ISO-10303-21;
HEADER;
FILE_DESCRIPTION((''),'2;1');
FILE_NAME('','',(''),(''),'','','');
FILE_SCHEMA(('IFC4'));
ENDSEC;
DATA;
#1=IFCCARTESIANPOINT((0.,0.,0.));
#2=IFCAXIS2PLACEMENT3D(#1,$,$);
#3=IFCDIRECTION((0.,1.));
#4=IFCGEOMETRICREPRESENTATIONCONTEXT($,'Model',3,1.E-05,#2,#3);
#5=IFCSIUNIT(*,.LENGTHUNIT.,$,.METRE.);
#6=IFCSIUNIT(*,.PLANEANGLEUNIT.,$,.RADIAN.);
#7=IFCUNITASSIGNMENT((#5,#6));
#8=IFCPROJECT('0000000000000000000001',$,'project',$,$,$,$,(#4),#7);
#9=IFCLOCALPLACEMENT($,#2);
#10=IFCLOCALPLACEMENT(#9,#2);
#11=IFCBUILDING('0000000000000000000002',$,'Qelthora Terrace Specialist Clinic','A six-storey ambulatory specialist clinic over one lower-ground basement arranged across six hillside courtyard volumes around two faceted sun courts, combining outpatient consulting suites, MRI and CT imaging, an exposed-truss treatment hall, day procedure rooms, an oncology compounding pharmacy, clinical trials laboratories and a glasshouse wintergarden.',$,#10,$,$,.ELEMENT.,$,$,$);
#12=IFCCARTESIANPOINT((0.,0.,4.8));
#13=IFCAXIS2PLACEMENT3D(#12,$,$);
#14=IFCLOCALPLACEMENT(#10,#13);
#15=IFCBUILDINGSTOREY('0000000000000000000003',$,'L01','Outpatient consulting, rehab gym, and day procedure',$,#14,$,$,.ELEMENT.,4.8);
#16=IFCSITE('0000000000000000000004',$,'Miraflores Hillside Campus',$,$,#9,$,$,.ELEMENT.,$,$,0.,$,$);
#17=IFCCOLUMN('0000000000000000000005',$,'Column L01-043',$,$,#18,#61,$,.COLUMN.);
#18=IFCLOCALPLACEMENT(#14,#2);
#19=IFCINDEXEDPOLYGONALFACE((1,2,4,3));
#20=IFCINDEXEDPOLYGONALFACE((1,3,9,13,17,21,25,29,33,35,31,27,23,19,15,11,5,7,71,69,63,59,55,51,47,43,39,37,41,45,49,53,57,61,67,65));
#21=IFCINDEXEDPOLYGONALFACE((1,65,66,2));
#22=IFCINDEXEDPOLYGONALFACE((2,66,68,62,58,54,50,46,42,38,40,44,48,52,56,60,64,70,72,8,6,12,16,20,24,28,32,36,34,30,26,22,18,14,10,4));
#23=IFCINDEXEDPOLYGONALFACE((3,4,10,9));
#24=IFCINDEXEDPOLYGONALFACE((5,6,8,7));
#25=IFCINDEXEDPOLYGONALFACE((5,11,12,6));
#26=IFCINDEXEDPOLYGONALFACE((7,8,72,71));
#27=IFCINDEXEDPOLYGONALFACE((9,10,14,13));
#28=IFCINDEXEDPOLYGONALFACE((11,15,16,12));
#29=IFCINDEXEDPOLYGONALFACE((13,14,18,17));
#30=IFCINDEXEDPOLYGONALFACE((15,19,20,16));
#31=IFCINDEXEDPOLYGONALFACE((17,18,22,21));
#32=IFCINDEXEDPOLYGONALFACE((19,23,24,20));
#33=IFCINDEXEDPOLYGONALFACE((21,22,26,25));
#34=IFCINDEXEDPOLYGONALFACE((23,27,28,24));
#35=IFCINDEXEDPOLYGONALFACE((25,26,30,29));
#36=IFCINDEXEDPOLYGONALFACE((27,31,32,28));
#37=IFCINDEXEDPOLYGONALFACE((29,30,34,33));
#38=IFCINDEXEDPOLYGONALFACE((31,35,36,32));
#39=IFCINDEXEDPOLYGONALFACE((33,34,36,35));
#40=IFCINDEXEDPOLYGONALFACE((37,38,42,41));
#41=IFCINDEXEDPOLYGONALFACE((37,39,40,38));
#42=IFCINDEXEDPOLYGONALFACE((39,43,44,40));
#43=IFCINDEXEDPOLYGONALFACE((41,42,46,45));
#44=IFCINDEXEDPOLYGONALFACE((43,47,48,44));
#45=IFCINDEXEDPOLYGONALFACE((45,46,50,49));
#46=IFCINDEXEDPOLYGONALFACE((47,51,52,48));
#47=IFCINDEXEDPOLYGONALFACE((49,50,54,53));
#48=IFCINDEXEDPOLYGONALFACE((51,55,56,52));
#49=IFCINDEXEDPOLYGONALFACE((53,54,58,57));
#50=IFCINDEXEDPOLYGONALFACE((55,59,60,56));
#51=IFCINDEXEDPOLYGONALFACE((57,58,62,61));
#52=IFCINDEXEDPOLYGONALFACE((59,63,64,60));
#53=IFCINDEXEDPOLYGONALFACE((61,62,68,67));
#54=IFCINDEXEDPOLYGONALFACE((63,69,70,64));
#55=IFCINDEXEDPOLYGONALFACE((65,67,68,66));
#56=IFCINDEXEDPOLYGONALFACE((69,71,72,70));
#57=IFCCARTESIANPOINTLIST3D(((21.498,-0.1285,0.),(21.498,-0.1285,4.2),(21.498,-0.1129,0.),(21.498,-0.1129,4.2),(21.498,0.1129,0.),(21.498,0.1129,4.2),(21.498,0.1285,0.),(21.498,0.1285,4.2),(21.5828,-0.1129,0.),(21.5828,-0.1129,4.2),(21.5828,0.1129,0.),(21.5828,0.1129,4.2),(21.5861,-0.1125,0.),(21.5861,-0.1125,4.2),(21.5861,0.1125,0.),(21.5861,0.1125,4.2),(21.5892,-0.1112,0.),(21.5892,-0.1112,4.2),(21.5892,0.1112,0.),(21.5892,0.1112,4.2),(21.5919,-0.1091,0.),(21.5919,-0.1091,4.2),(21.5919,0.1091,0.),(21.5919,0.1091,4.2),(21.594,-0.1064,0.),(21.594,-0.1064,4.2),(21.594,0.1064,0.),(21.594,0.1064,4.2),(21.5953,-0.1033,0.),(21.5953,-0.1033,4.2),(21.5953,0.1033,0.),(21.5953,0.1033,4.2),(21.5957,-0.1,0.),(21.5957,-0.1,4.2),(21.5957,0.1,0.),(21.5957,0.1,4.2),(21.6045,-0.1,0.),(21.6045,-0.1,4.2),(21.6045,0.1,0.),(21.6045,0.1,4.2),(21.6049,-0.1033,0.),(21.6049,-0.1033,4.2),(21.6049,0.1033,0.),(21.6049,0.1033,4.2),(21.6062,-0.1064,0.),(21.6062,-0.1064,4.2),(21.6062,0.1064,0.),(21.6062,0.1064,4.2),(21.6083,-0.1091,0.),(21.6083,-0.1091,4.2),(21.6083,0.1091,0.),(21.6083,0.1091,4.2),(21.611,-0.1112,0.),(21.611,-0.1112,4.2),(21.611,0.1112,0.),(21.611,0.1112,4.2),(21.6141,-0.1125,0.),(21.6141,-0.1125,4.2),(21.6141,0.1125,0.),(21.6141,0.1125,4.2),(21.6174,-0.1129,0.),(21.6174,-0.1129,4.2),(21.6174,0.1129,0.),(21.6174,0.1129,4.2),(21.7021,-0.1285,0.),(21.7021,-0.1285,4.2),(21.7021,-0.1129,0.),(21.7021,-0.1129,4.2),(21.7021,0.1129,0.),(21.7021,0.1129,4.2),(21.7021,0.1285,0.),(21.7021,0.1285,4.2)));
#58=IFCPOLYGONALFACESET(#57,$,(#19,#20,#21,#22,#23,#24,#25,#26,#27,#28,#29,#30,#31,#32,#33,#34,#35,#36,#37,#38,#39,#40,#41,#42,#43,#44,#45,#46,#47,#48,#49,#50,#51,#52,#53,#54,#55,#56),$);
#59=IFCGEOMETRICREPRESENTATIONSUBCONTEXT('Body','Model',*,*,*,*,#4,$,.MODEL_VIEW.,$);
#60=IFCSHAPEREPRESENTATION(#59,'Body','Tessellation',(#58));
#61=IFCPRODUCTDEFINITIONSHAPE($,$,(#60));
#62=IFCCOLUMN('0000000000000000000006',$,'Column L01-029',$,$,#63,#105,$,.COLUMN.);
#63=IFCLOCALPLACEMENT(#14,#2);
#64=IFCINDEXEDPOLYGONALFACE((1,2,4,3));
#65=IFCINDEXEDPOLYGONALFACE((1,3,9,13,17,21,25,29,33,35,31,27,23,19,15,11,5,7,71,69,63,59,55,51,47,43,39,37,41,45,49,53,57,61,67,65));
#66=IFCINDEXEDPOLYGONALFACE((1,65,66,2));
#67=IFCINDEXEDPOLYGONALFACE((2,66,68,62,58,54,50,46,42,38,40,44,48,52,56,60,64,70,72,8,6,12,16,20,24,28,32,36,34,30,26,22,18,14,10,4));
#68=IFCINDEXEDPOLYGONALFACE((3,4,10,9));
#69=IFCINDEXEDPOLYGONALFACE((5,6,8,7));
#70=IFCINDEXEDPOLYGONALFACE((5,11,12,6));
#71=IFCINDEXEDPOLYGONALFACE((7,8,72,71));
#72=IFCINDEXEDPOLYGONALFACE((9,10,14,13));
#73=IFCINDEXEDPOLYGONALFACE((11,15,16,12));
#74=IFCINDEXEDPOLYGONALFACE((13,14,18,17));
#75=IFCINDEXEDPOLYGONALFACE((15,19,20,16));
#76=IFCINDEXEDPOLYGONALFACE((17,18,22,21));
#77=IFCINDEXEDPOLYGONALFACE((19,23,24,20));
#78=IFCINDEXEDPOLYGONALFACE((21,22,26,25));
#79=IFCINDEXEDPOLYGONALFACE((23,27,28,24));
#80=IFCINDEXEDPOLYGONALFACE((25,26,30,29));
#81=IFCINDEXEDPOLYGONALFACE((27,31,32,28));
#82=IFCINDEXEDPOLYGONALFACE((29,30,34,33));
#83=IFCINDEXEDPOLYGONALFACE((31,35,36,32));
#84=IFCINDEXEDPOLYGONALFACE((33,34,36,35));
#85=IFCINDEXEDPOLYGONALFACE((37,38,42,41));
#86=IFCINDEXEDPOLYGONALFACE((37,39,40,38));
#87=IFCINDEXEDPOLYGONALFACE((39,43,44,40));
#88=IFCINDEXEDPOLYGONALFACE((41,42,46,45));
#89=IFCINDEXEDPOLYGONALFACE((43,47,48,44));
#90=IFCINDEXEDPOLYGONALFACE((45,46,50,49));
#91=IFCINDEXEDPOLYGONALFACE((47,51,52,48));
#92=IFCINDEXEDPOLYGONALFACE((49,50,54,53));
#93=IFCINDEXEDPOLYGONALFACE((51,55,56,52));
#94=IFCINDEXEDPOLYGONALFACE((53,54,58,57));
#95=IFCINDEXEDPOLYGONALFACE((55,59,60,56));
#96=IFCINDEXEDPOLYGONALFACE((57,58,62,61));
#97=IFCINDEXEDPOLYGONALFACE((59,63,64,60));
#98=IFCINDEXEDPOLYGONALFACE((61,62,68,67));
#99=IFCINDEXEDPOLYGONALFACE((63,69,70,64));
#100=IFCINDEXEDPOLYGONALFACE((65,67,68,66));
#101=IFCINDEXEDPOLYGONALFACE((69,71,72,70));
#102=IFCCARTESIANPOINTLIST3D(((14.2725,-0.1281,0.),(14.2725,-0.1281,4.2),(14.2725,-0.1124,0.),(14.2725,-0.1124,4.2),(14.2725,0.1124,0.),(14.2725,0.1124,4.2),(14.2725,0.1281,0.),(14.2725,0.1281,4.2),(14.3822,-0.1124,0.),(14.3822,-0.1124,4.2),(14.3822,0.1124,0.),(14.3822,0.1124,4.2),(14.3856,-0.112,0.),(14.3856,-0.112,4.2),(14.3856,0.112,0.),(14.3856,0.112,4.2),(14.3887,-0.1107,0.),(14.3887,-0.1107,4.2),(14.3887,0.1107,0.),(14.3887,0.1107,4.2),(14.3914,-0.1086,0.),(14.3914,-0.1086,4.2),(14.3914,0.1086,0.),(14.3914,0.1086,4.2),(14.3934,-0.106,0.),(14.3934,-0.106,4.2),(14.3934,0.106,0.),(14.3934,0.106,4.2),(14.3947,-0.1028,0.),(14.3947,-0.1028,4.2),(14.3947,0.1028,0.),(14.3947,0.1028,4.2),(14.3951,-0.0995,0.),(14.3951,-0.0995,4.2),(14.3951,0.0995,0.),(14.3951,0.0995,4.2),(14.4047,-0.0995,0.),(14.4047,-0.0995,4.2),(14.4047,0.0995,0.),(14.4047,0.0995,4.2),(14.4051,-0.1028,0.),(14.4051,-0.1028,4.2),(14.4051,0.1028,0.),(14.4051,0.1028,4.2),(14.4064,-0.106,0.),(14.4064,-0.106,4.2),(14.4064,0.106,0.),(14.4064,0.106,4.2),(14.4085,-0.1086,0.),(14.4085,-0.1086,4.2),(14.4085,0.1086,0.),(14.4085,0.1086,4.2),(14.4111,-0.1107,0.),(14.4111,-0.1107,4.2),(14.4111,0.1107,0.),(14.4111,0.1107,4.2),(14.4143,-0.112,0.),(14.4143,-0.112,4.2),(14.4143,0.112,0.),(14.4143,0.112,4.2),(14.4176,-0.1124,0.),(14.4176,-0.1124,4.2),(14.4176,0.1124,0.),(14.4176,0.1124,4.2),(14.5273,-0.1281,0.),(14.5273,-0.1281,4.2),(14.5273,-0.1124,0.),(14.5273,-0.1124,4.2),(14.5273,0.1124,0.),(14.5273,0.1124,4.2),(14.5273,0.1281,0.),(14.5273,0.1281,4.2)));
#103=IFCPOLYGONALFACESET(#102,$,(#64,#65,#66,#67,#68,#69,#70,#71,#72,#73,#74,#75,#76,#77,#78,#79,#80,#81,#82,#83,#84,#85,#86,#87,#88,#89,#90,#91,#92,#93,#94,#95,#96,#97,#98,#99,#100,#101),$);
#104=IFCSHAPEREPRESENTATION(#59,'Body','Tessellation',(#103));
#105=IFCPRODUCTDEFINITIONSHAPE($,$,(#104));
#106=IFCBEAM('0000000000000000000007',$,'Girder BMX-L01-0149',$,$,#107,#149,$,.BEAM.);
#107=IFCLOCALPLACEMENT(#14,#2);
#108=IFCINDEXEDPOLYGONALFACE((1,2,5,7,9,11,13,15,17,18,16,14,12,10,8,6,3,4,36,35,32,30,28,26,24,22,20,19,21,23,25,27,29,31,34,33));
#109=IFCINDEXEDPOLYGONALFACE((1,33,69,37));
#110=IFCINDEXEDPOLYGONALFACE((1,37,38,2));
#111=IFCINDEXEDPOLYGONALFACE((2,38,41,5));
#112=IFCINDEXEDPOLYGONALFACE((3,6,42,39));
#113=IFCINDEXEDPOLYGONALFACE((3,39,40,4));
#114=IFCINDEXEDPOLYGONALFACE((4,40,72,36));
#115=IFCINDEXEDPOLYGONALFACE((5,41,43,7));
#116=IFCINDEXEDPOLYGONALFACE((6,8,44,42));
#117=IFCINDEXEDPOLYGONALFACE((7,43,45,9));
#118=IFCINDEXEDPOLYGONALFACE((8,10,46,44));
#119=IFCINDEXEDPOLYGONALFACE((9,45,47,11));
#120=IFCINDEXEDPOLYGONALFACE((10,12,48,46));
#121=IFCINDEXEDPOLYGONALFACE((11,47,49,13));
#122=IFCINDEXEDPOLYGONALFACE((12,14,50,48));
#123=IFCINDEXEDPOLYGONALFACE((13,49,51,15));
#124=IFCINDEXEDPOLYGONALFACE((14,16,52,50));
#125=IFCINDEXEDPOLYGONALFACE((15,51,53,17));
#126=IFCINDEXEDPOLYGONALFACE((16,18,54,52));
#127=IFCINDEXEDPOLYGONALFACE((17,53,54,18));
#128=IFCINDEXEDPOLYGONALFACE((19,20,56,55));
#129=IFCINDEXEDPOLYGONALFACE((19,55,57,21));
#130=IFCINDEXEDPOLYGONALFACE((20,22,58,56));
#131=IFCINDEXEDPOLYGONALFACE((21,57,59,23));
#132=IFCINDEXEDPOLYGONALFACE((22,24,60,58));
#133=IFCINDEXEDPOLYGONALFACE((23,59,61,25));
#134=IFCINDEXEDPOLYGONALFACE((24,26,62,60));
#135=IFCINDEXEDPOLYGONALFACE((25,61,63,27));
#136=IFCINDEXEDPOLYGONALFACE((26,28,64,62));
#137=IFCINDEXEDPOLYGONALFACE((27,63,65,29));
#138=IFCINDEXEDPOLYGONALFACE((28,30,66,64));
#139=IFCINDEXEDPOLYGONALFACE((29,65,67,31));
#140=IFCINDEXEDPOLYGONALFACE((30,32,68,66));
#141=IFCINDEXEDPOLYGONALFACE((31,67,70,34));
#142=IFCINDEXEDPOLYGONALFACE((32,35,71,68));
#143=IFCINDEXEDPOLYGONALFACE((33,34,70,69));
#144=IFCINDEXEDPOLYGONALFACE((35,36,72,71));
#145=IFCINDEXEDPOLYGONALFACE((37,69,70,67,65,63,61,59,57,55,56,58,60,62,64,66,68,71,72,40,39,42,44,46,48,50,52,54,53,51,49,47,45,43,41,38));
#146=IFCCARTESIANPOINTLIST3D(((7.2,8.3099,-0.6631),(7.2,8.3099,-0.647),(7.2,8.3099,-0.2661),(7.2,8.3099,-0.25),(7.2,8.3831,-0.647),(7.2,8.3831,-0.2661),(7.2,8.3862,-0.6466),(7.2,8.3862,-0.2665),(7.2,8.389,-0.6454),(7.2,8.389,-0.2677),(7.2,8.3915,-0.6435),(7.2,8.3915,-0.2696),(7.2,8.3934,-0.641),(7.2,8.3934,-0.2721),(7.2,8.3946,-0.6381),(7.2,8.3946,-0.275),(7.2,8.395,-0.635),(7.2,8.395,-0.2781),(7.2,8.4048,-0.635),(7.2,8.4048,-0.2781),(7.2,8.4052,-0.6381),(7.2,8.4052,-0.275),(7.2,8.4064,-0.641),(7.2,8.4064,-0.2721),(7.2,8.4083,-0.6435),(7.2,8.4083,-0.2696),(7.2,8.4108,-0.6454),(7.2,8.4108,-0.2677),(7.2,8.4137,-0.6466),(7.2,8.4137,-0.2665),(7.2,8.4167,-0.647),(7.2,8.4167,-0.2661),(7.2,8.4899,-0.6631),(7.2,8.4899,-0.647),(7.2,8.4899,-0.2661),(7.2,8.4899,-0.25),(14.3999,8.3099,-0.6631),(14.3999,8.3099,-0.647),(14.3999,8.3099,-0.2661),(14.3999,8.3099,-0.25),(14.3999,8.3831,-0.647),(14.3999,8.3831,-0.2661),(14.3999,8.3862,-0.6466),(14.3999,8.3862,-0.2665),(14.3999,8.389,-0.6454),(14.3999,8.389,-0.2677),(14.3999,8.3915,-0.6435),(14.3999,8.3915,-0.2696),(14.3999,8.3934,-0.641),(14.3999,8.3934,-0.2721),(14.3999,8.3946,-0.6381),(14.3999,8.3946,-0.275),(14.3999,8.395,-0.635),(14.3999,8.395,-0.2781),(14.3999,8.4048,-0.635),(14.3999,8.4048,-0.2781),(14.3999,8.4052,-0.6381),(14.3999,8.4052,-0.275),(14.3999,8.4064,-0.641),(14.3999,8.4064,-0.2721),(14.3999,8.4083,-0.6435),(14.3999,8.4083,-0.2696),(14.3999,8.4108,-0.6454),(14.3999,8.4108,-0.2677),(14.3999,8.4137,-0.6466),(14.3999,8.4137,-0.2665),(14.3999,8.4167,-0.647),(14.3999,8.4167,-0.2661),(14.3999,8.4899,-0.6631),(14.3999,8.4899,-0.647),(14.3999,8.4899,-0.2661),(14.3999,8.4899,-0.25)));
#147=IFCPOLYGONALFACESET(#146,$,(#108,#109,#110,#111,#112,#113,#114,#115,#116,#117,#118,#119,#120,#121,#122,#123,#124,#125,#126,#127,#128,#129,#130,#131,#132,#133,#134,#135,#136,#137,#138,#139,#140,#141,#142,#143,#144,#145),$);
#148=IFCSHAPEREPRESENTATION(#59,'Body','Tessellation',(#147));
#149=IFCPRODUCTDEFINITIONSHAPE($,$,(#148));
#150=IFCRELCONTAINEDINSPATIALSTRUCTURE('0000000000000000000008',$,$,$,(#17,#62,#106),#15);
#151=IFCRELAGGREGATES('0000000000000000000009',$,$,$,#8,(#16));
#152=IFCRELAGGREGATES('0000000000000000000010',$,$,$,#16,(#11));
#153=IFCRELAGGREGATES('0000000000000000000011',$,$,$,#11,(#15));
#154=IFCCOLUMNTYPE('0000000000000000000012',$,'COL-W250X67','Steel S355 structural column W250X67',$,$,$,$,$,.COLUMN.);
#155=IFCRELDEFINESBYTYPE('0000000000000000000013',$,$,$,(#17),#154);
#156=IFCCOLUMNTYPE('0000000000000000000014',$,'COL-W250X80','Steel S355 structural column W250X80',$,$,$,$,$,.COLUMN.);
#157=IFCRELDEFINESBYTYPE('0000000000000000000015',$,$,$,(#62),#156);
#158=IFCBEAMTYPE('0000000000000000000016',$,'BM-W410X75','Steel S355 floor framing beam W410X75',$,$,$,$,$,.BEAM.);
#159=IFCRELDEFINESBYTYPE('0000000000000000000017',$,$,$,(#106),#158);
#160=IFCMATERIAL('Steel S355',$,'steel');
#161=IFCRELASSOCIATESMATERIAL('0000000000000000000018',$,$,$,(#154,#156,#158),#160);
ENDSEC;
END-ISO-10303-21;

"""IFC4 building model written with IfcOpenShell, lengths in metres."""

from ifc_helpers import new_model, si_unit, direction, frame, origin, origin_2d, place, context, subcontext, project, spatial, i_section, extrude, material, material_profile, profile_set, type_object, element, save


model = new_model("IFC4")

# Units and contexts
model_context = context("Model", 3, precision=1e-05, world=origin(), true_north=direction((0.0, 1.0)))
body_context = subcontext(model_context, "Body", "Model", "MODEL_VIEW")
ifc_project = project(units=[si_unit("LENGTHUNIT", "METRE"), si_unit("PLANEANGLEUNIT", "RADIAN")], contexts=[model_context])

# Site, building, storey
site_placement = place(None, origin())
site = spatial("IfcSite", under=ifc_project, at=site_placement, Name="Miraflores Hillside Campus", CompositionType="ELEMENT", RefElevation=0.0)
building_placement = place(site_placement, origin())
building = spatial("IfcBuilding", under=site, at=building_placement, Name="Qelthora Terrace Specialist Clinic", Description="A six-storey ambulatory specialist clinic over one lower-ground basement arranged across six hillside courtyard volumes around two faceted sun courts, combining outpatient consulting suites, MRI and CT imaging, an exposed-truss treatment hall, day procedure rooms, an oncology compounding pharmacy, clinical trials laboratories and a glasshouse wintergarden.", CompositionType="ELEMENT")
storey_placement = place(building_placement, frame((0.0, 0.0, 4.8)))
storey = spatial("IfcBuildingStorey", under=building, at=storey_placement, Name="L01", Description="Outpatient consulting, rehab gym, and day procedure", CompositionType="ELEMENT", Elevation=4.8)

# Columns
ifc_material_1 = material(Name="Steel S355", Category="steel")
ifc_material_profile_1 = material_profile(ifc_material_1, i_section(OverallWidth=0.2041, OverallDepth=0.2571, WebThickness=0.0088, FlangeThickness=0.0156, FilletRadius=0.0129, at=origin_2d()), Name="W250X67")
ifc_profile_set_1 = profile_set([ifc_material_profile_1], Name="Steel S355")
column_type_1 = type_object("IfcColumnType", Name="COL-W250X67", Description="Steel S355 structural column W250X67", PredefinedType="COLUMN", material=ifc_profile_set_1)
column_1_placement = place(storey_placement, frame((21.6001, 0.0, 0.0), z_axis=(0.0, 0.0, 1.0), x_axis=(1.0, 0.0, 0.0)))
element("IfcColumn", 1, at=column_1_placement, inside=storey, type_object=column_type_1, Name="Column L01-043", PredefinedType="COLUMN", context=body_context, shape_type="SweptSolid", body=[
    extrude(i_section(OverallWidth=0.2041, OverallDepth=0.2571, WebThickness=0.0088, FlangeThickness=0.0156, FilletRadius=0.0129, at=origin_2d()), origin(), (0.0, 0.0, 1.0), 4.2),
])
ifc_material_profile_2 = material_profile(ifc_material_1, i_section(OverallWidth=0.2549, OverallDepth=0.2561, WebThickness=0.0095, FlangeThickness=0.0156, FilletRadius=0.0129, at=origin_2d()), Name="W250X80")
ifc_profile_set_2 = profile_set([ifc_material_profile_2], Name="Steel S355")
column_type_2 = type_object("IfcColumnType", Name="COL-W250X80", Description="Steel S355 structural column W250X80", PredefinedType="COLUMN", material=ifc_profile_set_2)
column_2_placement = place(storey_placement, frame((14.3999, 0.0, 0.0), z_axis=(0.0, 0.0, 1.0), x_axis=(1.0, 0.0, 0.0)))
element("IfcColumn", 2, at=column_2_placement, inside=storey, type_object=column_type_2, Name="Column L01-029", PredefinedType="COLUMN", context=body_context, shape_type="SweptSolid", body=[
    extrude(i_section(OverallWidth=0.2549, OverallDepth=0.2561, WebThickness=0.0095, FlangeThickness=0.0156, FilletRadius=0.0129, at=origin_2d()), origin(), (0.0, 0.0, 1.0), 4.2),
])

# Beam
ifc_material_profile_3 = material_profile(ifc_material_1, i_section(OverallWidth=0.1799, OverallDepth=0.4131, WebThickness=0.0098, FlangeThickness=0.0161, FilletRadius=0.012, at=origin_2d()), Name="W410X75")
ifc_profile_set_3 = profile_set([ifc_material_profile_3], Name="Steel S355")
beam_type_1 = type_object("IfcBeamType", Name="BM-W410X75", Description="Steel S355 floor framing beam W410X75", PredefinedType="BEAM", material=ifc_profile_set_3)
beam_1_placement = place(storey_placement, frame((7.2, 8.3999, -0.4565), z_axis=(1.0, 0.0, 0.0), x_axis=(0.0, 1.0, 0.0)))
element("IfcBeam", 3, at=beam_1_placement, inside=storey, type_object=beam_type_1, Name="Girder BMX-L01-0149", PredefinedType="BEAM", context=body_context, shape_type="SweptSolid", body=[
    extrude(i_section(OverallWidth=0.1799, OverallDepth=0.4131, WebThickness=0.0098, FlangeThickness=0.0161, FilletRadius=0.012, at=origin_2d()), origin(), (0.0, 0.0, 1.0), 7.2),
])

save(model, "model.ifc")
